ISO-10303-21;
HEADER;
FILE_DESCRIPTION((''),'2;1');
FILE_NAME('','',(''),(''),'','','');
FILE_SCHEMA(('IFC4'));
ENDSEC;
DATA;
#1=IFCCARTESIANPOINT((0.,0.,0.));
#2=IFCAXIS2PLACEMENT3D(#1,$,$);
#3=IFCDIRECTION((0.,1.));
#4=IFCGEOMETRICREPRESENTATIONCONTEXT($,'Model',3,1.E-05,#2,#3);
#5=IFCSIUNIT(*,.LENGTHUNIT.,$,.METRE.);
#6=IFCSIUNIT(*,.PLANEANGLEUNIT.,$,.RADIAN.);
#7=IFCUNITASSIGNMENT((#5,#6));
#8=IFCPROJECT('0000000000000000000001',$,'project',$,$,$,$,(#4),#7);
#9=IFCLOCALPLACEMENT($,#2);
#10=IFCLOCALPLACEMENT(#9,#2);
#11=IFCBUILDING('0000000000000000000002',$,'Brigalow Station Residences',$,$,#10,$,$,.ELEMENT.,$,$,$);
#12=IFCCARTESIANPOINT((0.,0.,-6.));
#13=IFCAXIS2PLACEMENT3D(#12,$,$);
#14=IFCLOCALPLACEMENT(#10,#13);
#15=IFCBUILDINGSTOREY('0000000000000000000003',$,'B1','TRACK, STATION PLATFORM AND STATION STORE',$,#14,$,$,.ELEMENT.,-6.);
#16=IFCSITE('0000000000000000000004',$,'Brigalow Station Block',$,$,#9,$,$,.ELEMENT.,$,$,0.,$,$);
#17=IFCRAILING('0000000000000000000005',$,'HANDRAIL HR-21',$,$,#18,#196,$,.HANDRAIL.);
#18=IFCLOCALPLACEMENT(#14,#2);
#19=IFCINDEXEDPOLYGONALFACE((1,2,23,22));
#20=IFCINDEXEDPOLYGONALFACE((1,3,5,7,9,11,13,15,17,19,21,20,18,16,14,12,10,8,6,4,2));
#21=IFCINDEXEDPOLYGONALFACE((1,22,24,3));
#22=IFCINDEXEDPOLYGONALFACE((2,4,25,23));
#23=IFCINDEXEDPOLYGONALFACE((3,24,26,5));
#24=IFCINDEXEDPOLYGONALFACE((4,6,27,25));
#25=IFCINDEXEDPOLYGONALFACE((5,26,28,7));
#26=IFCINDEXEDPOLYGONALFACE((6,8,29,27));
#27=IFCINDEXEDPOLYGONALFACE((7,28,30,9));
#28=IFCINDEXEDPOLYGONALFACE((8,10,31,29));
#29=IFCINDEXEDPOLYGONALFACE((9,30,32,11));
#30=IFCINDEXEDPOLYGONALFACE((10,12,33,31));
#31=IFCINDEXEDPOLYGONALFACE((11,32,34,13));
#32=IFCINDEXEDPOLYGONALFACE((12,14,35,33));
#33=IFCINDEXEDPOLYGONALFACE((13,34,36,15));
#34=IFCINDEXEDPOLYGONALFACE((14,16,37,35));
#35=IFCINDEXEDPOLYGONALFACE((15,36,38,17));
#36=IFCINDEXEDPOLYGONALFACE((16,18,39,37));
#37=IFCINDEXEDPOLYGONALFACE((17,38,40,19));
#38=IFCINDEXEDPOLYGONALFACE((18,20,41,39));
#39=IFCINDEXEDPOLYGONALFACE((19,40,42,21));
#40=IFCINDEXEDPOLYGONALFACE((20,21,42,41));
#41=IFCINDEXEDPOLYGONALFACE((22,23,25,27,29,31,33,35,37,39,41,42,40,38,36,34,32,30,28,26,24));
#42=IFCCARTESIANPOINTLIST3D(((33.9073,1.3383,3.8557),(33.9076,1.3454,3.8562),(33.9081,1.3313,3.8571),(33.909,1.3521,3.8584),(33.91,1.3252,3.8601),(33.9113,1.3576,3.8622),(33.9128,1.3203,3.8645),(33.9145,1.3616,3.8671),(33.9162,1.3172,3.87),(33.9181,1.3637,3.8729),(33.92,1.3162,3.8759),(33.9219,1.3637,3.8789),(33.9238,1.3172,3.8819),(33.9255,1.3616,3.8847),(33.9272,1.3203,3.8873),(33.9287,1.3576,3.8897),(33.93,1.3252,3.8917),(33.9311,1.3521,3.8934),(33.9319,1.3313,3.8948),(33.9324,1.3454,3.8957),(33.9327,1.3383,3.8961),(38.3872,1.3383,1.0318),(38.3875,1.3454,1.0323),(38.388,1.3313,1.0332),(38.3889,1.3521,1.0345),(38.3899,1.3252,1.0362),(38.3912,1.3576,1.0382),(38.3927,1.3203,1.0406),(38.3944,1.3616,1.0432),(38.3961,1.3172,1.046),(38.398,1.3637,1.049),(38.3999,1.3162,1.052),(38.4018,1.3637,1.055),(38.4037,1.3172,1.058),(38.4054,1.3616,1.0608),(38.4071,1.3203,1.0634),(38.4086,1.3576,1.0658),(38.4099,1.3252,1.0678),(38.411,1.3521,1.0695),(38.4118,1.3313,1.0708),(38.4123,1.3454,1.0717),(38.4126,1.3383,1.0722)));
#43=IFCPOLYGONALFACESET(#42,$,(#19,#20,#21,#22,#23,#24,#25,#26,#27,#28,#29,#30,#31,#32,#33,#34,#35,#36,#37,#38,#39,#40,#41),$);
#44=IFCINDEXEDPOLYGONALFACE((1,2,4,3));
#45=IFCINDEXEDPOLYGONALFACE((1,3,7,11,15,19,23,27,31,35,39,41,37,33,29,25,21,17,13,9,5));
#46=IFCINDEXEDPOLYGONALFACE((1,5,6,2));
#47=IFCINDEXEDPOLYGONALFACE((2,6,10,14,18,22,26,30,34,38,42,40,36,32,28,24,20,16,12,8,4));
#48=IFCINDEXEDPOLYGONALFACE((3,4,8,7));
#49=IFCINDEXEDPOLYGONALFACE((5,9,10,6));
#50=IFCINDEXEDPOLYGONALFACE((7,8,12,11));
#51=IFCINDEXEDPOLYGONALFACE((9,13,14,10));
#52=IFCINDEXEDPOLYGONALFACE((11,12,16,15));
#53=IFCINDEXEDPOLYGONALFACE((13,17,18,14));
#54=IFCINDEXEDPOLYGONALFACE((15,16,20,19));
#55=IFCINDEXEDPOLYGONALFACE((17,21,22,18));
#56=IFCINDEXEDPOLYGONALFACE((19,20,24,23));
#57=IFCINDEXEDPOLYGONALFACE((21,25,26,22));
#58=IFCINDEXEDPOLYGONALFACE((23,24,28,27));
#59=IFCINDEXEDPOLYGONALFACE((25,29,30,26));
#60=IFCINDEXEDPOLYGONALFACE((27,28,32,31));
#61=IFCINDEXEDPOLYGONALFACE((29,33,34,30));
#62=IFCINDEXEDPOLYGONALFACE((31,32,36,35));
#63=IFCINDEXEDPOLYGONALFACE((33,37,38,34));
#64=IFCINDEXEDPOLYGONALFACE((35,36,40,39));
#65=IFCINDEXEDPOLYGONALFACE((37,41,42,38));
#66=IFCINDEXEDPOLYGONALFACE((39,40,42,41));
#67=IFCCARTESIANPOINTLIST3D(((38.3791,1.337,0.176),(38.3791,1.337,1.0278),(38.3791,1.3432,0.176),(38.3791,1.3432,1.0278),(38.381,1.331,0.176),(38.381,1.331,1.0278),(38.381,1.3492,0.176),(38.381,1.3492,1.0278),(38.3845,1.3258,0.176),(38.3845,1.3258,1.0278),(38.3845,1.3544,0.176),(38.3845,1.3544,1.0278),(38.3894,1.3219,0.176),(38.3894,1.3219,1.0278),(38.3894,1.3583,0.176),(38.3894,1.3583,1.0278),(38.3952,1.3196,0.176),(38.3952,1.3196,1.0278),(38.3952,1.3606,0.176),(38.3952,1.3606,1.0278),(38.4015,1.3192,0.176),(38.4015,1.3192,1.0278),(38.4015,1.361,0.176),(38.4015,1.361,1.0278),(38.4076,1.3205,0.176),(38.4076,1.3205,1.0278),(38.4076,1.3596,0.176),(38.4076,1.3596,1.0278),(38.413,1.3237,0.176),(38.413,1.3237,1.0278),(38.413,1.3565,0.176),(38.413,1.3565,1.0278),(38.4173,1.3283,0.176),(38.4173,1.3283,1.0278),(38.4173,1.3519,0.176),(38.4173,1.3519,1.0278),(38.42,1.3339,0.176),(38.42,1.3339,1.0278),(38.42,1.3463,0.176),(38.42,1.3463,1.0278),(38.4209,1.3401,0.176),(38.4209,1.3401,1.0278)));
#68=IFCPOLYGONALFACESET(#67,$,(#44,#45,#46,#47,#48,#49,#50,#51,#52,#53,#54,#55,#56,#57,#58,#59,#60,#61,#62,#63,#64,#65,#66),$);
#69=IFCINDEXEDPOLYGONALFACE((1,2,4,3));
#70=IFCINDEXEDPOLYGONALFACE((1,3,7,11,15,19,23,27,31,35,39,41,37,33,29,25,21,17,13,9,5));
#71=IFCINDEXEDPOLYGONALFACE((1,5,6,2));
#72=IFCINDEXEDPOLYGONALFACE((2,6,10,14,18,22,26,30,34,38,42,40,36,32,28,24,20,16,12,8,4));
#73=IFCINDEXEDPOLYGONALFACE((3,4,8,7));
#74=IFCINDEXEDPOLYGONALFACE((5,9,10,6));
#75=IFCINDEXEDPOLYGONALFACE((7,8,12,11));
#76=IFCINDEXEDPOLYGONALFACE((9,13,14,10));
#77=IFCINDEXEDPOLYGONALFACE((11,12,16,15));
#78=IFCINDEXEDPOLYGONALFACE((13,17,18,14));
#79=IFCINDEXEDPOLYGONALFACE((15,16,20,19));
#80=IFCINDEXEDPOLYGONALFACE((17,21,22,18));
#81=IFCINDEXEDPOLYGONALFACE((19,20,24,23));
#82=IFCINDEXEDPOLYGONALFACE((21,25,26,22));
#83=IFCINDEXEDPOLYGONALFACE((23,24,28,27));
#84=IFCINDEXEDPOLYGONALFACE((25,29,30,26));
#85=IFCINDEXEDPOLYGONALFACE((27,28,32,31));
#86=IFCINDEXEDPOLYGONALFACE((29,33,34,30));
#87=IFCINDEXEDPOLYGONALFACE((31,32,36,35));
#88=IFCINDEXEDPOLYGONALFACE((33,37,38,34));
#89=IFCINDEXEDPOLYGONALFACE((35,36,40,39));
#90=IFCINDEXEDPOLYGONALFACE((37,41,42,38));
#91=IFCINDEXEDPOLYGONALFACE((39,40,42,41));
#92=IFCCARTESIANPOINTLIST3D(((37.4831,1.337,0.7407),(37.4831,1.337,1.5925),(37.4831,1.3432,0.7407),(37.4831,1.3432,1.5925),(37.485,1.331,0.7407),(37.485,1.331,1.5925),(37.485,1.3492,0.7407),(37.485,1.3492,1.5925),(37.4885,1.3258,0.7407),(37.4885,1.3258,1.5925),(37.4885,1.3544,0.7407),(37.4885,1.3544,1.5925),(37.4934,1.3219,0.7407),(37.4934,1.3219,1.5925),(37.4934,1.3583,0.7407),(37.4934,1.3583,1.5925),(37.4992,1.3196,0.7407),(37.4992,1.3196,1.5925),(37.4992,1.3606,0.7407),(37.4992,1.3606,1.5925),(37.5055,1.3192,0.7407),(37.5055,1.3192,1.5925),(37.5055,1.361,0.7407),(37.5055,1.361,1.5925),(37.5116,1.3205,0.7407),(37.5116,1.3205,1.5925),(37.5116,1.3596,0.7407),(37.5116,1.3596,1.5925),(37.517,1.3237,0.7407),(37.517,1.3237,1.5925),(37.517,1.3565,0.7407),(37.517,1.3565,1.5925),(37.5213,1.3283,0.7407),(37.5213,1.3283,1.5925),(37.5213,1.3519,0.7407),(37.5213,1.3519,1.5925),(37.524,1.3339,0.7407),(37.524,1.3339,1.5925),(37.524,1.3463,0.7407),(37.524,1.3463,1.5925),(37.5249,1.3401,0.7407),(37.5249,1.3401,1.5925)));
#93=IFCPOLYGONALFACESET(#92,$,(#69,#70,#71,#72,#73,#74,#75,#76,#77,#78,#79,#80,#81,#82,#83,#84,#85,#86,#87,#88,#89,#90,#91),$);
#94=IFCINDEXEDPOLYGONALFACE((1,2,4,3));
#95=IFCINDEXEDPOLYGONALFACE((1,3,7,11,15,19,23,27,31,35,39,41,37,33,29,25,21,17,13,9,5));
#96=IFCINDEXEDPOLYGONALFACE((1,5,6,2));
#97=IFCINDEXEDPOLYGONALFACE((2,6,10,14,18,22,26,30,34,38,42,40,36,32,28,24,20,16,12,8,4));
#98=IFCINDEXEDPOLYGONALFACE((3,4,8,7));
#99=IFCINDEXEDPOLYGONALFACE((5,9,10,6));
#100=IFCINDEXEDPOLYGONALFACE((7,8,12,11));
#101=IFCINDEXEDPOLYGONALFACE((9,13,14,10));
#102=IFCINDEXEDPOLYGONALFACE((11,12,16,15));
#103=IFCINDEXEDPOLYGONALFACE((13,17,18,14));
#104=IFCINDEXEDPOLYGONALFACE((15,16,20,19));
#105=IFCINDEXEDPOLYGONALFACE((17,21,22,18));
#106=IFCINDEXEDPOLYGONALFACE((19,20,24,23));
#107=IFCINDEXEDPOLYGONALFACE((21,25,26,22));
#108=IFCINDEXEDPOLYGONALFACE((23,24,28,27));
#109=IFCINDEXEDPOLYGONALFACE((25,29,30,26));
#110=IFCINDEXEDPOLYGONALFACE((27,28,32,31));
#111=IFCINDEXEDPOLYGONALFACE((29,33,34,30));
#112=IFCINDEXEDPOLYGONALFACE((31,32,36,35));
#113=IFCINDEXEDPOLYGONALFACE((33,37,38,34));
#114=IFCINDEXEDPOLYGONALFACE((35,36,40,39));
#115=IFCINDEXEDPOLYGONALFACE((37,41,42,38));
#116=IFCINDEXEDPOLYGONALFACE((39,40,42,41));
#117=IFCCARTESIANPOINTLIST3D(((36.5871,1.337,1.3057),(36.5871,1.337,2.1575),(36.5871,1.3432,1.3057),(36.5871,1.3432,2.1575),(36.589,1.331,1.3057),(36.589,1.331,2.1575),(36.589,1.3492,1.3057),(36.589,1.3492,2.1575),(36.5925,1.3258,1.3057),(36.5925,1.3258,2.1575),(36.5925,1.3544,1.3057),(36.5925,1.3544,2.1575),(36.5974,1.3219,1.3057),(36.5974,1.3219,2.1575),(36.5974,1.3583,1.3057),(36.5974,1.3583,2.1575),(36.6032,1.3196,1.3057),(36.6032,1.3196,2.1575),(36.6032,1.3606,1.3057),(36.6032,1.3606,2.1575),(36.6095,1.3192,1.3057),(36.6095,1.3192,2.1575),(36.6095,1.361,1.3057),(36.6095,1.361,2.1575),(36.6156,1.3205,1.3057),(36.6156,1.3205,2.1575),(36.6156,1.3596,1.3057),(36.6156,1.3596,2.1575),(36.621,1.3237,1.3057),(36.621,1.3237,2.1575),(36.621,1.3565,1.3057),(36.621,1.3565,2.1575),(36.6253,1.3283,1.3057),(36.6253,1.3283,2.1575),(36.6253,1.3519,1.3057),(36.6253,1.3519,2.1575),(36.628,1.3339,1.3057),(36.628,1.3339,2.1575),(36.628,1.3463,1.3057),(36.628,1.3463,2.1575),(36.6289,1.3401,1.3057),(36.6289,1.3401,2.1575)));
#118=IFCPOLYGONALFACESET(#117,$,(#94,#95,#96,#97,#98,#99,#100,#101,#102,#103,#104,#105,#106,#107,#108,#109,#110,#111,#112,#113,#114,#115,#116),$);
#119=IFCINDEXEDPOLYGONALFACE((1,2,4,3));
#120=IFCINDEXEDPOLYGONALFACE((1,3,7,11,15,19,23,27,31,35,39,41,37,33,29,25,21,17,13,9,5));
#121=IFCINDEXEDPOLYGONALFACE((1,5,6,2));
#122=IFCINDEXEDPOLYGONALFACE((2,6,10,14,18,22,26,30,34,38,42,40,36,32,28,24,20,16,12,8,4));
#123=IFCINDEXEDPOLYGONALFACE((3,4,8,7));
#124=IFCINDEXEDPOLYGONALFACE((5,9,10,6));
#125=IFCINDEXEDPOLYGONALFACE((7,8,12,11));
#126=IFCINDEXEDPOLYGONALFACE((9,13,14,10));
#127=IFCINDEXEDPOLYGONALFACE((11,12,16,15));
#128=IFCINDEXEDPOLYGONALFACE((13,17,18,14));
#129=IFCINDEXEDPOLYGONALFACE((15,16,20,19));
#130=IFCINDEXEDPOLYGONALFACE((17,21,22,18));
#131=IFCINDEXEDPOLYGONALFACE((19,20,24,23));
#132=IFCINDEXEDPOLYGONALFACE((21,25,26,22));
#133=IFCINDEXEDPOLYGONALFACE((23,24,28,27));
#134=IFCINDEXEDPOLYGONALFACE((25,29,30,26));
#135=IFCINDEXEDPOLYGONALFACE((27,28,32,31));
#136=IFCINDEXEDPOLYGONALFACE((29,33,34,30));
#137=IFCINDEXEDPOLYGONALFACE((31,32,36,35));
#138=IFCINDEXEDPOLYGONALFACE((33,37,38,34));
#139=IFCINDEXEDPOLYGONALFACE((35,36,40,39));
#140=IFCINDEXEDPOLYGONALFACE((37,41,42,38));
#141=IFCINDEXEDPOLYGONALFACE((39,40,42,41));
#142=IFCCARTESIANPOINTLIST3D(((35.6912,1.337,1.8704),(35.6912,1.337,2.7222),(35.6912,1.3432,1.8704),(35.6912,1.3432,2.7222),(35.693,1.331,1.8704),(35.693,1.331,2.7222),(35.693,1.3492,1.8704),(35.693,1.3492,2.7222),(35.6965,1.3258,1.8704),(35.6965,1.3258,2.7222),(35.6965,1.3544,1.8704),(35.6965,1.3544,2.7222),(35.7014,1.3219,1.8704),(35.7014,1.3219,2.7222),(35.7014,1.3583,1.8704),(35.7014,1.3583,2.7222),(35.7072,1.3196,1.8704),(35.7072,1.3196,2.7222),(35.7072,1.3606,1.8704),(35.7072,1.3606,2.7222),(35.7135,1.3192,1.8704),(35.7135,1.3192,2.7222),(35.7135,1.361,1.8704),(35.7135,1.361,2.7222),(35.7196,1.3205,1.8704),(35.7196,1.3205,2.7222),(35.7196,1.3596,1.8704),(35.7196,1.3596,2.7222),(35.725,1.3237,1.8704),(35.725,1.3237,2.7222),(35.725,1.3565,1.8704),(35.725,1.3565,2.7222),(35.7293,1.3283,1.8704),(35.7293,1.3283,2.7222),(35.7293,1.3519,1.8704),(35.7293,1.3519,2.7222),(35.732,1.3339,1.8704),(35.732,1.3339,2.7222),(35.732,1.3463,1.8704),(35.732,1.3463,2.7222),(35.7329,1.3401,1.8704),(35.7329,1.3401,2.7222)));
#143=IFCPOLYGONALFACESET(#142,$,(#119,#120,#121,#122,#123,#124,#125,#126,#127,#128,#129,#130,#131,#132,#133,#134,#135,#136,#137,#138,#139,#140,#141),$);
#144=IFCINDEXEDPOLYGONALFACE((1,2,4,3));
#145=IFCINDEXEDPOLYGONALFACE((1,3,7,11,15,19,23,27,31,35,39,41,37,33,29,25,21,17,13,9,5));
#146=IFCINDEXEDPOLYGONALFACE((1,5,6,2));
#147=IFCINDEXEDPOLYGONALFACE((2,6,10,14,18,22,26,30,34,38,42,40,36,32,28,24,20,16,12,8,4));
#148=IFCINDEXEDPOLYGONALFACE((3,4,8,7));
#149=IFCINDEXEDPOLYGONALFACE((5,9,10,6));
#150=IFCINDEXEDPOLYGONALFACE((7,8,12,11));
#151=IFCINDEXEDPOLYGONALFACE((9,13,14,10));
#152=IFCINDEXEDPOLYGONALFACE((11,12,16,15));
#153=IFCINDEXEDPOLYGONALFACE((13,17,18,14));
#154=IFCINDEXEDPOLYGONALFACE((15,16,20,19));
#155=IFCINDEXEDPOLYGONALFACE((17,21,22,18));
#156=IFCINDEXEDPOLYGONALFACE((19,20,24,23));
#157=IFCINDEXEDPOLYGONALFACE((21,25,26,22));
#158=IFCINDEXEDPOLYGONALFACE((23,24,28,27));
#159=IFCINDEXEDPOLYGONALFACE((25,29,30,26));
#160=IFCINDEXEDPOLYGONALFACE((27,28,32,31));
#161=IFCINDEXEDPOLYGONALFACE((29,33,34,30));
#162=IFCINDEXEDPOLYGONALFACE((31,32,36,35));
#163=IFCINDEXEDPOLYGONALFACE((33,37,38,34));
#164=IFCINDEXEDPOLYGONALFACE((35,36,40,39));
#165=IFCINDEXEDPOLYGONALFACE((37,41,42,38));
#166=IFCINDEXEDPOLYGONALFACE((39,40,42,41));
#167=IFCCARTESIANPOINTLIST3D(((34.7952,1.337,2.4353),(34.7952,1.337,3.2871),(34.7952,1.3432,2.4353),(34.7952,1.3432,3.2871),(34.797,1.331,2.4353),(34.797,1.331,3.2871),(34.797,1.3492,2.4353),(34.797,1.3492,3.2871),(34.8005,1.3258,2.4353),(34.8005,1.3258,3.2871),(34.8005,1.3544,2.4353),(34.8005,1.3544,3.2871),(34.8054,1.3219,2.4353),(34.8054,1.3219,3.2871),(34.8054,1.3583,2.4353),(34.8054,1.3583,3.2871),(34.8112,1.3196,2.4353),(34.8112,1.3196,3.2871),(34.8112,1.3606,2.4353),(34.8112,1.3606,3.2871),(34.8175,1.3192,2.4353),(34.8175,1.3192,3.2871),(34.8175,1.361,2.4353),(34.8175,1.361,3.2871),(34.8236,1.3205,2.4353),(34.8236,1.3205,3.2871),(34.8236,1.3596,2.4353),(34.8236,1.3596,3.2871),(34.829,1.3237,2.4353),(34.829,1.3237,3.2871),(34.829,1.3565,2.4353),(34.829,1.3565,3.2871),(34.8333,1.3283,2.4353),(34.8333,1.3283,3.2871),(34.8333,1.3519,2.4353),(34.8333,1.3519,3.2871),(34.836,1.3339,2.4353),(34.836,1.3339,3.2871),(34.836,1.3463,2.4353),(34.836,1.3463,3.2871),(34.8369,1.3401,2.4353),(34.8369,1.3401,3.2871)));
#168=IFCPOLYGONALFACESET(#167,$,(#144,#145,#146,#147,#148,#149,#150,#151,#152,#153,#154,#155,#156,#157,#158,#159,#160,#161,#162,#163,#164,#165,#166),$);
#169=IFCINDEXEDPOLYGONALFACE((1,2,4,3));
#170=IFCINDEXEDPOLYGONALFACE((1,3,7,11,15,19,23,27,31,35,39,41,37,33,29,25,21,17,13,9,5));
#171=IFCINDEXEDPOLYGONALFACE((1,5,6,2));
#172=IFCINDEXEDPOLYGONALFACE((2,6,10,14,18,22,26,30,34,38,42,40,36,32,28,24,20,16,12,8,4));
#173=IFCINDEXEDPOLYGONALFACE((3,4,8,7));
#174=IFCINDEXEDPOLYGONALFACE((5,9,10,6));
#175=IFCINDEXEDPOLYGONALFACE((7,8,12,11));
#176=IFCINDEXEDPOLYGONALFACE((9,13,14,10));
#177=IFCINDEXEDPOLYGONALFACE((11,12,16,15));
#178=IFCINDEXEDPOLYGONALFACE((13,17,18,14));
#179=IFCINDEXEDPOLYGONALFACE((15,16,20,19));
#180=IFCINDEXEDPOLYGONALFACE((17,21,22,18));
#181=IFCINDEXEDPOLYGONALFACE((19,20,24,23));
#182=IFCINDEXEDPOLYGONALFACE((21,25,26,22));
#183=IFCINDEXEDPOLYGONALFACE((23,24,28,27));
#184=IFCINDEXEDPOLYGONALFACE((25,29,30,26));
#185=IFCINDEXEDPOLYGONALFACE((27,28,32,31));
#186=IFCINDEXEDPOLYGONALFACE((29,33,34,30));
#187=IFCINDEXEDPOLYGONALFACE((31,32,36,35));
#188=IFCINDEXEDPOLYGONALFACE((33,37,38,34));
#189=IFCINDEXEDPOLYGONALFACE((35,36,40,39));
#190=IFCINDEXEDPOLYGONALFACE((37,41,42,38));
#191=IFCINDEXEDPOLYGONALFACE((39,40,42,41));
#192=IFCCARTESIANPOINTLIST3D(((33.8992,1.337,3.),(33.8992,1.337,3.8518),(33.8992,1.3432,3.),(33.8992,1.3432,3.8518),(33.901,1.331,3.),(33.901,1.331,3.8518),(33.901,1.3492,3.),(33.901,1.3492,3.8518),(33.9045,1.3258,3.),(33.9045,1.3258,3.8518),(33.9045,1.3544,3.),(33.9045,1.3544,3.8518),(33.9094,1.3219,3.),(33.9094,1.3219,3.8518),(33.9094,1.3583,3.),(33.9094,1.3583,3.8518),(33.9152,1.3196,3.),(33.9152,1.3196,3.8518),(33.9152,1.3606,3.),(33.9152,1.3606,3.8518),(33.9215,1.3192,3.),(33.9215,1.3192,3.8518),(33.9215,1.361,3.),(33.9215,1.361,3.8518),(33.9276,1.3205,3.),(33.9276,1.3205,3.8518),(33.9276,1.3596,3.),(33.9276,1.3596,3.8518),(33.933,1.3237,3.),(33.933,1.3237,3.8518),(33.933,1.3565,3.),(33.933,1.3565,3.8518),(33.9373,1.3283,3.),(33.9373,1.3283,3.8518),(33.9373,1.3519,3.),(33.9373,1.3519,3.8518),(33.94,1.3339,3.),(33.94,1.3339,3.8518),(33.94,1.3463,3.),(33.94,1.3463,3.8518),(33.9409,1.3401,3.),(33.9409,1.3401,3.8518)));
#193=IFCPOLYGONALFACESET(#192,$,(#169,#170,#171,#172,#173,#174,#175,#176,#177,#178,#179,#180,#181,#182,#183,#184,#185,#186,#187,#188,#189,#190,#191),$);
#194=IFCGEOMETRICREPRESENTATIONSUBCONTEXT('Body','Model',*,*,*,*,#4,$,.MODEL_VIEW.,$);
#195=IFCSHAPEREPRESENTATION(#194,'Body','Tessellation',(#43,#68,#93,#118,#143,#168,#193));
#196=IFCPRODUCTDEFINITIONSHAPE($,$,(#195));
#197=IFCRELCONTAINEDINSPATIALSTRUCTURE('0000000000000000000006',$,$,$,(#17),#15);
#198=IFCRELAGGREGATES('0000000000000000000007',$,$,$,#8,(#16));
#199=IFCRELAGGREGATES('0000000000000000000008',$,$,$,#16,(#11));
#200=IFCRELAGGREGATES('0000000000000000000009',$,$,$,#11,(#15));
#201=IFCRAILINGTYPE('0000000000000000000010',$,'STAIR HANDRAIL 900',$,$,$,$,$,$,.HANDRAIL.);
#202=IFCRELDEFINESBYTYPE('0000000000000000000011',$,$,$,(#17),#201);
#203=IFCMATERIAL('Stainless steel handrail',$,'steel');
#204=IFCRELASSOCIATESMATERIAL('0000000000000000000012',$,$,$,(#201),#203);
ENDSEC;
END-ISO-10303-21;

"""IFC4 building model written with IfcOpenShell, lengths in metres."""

from ifc_helpers import new_model, si_unit, direction, frame, origin, origin_2d, place, context, subcontext, project, spatial, circle, extrude, material, type_object, element, save


model = new_model("IFC4")

# Units and contexts
model_context = context("Model", 3, precision=1e-05, world=origin(), true_north=direction((0.0, 1.0)))
body_context = subcontext(model_context, "Body", "Model", "MODEL_VIEW")
ifc_project = project(units=[si_unit("LENGTHUNIT", "METRE"), si_unit("PLANEANGLEUNIT", "RADIAN")], contexts=[model_context])

# Site, building, storey
site_placement = place(None, origin())
site = spatial("IfcSite", under=ifc_project, at=site_placement, Name="Brigalow Station Block", CompositionType="ELEMENT", RefElevation=0.0)
building_placement = place(site_placement, origin())
building = spatial("IfcBuilding", under=site, at=building_placement, Name="Brigalow Station Residences", CompositionType="ELEMENT")
storey_placement = place(building_placement, frame((0.0, 0.0, -6.0)))
storey = spatial("IfcBuildingStorey", under=building, at=storey_placement, Name="B1", Description="TRACK, STATION PLATFORM AND STATION STORE", CompositionType="ELEMENT", Elevation=-6.0)

# Railing
ifc_material_1 = material(Name="Stainless steel handrail", Category="steel")
railing_type = type_object("IfcRailingType", Name="STAIR HANDRAIL 900", PredefinedType="HANDRAIL", material=ifc_material_1)
railing_1_placement = place(storey_placement, frame((38.3999, 1.3401, 0.176)))
element("IfcRailing", 1, at=railing_1_placement, inside=storey, type_object=railing_type, Name="HANDRAIL HR-21", PredefinedType="HANDRAIL", context=body_context, shape_type="SweptSolid", body=[
    extrude(circle(Radius=0.0239, at=origin_2d()), frame((0.0, 0.0, 0.876), z_axis=(-0.845956, 0.0, 0.533252), x_axis=(0.0, -1.0, 0.0)), (0.0, 0.0, 1.0), 5.2957),
    extrude(circle(Radius=0.021, at=origin_2d()), origin(), (0.0, 0.0, 1.0), 0.8518),
    extrude(circle(Radius=0.021, at=origin_2d()), frame((-0.896, 0.0, 0.5647)), (0.0, 0.0, 1.0), 0.8518),
    extrude(circle(Radius=0.021, at=origin_2d()), frame((-1.792, 0.0, 1.1296)), (0.0, 0.0, 1.0), 0.8518),
    extrude(circle(Radius=0.021, at=origin_2d()), frame((-2.688, 0.0, 1.6943)), (0.0, 0.0, 1.0), 0.8518),
    extrude(circle(Radius=0.021, at=origin_2d()), frame((-3.584, 0.0, 2.2593)), (0.0, 0.0, 1.0), 0.8518),
    extrude(circle(Radius=0.021, at=origin_2d()), frame((-4.48, 0.0, 2.824)), (0.0, 0.0, 1.0), 0.8518),
])

save(model, "model.ifc")
